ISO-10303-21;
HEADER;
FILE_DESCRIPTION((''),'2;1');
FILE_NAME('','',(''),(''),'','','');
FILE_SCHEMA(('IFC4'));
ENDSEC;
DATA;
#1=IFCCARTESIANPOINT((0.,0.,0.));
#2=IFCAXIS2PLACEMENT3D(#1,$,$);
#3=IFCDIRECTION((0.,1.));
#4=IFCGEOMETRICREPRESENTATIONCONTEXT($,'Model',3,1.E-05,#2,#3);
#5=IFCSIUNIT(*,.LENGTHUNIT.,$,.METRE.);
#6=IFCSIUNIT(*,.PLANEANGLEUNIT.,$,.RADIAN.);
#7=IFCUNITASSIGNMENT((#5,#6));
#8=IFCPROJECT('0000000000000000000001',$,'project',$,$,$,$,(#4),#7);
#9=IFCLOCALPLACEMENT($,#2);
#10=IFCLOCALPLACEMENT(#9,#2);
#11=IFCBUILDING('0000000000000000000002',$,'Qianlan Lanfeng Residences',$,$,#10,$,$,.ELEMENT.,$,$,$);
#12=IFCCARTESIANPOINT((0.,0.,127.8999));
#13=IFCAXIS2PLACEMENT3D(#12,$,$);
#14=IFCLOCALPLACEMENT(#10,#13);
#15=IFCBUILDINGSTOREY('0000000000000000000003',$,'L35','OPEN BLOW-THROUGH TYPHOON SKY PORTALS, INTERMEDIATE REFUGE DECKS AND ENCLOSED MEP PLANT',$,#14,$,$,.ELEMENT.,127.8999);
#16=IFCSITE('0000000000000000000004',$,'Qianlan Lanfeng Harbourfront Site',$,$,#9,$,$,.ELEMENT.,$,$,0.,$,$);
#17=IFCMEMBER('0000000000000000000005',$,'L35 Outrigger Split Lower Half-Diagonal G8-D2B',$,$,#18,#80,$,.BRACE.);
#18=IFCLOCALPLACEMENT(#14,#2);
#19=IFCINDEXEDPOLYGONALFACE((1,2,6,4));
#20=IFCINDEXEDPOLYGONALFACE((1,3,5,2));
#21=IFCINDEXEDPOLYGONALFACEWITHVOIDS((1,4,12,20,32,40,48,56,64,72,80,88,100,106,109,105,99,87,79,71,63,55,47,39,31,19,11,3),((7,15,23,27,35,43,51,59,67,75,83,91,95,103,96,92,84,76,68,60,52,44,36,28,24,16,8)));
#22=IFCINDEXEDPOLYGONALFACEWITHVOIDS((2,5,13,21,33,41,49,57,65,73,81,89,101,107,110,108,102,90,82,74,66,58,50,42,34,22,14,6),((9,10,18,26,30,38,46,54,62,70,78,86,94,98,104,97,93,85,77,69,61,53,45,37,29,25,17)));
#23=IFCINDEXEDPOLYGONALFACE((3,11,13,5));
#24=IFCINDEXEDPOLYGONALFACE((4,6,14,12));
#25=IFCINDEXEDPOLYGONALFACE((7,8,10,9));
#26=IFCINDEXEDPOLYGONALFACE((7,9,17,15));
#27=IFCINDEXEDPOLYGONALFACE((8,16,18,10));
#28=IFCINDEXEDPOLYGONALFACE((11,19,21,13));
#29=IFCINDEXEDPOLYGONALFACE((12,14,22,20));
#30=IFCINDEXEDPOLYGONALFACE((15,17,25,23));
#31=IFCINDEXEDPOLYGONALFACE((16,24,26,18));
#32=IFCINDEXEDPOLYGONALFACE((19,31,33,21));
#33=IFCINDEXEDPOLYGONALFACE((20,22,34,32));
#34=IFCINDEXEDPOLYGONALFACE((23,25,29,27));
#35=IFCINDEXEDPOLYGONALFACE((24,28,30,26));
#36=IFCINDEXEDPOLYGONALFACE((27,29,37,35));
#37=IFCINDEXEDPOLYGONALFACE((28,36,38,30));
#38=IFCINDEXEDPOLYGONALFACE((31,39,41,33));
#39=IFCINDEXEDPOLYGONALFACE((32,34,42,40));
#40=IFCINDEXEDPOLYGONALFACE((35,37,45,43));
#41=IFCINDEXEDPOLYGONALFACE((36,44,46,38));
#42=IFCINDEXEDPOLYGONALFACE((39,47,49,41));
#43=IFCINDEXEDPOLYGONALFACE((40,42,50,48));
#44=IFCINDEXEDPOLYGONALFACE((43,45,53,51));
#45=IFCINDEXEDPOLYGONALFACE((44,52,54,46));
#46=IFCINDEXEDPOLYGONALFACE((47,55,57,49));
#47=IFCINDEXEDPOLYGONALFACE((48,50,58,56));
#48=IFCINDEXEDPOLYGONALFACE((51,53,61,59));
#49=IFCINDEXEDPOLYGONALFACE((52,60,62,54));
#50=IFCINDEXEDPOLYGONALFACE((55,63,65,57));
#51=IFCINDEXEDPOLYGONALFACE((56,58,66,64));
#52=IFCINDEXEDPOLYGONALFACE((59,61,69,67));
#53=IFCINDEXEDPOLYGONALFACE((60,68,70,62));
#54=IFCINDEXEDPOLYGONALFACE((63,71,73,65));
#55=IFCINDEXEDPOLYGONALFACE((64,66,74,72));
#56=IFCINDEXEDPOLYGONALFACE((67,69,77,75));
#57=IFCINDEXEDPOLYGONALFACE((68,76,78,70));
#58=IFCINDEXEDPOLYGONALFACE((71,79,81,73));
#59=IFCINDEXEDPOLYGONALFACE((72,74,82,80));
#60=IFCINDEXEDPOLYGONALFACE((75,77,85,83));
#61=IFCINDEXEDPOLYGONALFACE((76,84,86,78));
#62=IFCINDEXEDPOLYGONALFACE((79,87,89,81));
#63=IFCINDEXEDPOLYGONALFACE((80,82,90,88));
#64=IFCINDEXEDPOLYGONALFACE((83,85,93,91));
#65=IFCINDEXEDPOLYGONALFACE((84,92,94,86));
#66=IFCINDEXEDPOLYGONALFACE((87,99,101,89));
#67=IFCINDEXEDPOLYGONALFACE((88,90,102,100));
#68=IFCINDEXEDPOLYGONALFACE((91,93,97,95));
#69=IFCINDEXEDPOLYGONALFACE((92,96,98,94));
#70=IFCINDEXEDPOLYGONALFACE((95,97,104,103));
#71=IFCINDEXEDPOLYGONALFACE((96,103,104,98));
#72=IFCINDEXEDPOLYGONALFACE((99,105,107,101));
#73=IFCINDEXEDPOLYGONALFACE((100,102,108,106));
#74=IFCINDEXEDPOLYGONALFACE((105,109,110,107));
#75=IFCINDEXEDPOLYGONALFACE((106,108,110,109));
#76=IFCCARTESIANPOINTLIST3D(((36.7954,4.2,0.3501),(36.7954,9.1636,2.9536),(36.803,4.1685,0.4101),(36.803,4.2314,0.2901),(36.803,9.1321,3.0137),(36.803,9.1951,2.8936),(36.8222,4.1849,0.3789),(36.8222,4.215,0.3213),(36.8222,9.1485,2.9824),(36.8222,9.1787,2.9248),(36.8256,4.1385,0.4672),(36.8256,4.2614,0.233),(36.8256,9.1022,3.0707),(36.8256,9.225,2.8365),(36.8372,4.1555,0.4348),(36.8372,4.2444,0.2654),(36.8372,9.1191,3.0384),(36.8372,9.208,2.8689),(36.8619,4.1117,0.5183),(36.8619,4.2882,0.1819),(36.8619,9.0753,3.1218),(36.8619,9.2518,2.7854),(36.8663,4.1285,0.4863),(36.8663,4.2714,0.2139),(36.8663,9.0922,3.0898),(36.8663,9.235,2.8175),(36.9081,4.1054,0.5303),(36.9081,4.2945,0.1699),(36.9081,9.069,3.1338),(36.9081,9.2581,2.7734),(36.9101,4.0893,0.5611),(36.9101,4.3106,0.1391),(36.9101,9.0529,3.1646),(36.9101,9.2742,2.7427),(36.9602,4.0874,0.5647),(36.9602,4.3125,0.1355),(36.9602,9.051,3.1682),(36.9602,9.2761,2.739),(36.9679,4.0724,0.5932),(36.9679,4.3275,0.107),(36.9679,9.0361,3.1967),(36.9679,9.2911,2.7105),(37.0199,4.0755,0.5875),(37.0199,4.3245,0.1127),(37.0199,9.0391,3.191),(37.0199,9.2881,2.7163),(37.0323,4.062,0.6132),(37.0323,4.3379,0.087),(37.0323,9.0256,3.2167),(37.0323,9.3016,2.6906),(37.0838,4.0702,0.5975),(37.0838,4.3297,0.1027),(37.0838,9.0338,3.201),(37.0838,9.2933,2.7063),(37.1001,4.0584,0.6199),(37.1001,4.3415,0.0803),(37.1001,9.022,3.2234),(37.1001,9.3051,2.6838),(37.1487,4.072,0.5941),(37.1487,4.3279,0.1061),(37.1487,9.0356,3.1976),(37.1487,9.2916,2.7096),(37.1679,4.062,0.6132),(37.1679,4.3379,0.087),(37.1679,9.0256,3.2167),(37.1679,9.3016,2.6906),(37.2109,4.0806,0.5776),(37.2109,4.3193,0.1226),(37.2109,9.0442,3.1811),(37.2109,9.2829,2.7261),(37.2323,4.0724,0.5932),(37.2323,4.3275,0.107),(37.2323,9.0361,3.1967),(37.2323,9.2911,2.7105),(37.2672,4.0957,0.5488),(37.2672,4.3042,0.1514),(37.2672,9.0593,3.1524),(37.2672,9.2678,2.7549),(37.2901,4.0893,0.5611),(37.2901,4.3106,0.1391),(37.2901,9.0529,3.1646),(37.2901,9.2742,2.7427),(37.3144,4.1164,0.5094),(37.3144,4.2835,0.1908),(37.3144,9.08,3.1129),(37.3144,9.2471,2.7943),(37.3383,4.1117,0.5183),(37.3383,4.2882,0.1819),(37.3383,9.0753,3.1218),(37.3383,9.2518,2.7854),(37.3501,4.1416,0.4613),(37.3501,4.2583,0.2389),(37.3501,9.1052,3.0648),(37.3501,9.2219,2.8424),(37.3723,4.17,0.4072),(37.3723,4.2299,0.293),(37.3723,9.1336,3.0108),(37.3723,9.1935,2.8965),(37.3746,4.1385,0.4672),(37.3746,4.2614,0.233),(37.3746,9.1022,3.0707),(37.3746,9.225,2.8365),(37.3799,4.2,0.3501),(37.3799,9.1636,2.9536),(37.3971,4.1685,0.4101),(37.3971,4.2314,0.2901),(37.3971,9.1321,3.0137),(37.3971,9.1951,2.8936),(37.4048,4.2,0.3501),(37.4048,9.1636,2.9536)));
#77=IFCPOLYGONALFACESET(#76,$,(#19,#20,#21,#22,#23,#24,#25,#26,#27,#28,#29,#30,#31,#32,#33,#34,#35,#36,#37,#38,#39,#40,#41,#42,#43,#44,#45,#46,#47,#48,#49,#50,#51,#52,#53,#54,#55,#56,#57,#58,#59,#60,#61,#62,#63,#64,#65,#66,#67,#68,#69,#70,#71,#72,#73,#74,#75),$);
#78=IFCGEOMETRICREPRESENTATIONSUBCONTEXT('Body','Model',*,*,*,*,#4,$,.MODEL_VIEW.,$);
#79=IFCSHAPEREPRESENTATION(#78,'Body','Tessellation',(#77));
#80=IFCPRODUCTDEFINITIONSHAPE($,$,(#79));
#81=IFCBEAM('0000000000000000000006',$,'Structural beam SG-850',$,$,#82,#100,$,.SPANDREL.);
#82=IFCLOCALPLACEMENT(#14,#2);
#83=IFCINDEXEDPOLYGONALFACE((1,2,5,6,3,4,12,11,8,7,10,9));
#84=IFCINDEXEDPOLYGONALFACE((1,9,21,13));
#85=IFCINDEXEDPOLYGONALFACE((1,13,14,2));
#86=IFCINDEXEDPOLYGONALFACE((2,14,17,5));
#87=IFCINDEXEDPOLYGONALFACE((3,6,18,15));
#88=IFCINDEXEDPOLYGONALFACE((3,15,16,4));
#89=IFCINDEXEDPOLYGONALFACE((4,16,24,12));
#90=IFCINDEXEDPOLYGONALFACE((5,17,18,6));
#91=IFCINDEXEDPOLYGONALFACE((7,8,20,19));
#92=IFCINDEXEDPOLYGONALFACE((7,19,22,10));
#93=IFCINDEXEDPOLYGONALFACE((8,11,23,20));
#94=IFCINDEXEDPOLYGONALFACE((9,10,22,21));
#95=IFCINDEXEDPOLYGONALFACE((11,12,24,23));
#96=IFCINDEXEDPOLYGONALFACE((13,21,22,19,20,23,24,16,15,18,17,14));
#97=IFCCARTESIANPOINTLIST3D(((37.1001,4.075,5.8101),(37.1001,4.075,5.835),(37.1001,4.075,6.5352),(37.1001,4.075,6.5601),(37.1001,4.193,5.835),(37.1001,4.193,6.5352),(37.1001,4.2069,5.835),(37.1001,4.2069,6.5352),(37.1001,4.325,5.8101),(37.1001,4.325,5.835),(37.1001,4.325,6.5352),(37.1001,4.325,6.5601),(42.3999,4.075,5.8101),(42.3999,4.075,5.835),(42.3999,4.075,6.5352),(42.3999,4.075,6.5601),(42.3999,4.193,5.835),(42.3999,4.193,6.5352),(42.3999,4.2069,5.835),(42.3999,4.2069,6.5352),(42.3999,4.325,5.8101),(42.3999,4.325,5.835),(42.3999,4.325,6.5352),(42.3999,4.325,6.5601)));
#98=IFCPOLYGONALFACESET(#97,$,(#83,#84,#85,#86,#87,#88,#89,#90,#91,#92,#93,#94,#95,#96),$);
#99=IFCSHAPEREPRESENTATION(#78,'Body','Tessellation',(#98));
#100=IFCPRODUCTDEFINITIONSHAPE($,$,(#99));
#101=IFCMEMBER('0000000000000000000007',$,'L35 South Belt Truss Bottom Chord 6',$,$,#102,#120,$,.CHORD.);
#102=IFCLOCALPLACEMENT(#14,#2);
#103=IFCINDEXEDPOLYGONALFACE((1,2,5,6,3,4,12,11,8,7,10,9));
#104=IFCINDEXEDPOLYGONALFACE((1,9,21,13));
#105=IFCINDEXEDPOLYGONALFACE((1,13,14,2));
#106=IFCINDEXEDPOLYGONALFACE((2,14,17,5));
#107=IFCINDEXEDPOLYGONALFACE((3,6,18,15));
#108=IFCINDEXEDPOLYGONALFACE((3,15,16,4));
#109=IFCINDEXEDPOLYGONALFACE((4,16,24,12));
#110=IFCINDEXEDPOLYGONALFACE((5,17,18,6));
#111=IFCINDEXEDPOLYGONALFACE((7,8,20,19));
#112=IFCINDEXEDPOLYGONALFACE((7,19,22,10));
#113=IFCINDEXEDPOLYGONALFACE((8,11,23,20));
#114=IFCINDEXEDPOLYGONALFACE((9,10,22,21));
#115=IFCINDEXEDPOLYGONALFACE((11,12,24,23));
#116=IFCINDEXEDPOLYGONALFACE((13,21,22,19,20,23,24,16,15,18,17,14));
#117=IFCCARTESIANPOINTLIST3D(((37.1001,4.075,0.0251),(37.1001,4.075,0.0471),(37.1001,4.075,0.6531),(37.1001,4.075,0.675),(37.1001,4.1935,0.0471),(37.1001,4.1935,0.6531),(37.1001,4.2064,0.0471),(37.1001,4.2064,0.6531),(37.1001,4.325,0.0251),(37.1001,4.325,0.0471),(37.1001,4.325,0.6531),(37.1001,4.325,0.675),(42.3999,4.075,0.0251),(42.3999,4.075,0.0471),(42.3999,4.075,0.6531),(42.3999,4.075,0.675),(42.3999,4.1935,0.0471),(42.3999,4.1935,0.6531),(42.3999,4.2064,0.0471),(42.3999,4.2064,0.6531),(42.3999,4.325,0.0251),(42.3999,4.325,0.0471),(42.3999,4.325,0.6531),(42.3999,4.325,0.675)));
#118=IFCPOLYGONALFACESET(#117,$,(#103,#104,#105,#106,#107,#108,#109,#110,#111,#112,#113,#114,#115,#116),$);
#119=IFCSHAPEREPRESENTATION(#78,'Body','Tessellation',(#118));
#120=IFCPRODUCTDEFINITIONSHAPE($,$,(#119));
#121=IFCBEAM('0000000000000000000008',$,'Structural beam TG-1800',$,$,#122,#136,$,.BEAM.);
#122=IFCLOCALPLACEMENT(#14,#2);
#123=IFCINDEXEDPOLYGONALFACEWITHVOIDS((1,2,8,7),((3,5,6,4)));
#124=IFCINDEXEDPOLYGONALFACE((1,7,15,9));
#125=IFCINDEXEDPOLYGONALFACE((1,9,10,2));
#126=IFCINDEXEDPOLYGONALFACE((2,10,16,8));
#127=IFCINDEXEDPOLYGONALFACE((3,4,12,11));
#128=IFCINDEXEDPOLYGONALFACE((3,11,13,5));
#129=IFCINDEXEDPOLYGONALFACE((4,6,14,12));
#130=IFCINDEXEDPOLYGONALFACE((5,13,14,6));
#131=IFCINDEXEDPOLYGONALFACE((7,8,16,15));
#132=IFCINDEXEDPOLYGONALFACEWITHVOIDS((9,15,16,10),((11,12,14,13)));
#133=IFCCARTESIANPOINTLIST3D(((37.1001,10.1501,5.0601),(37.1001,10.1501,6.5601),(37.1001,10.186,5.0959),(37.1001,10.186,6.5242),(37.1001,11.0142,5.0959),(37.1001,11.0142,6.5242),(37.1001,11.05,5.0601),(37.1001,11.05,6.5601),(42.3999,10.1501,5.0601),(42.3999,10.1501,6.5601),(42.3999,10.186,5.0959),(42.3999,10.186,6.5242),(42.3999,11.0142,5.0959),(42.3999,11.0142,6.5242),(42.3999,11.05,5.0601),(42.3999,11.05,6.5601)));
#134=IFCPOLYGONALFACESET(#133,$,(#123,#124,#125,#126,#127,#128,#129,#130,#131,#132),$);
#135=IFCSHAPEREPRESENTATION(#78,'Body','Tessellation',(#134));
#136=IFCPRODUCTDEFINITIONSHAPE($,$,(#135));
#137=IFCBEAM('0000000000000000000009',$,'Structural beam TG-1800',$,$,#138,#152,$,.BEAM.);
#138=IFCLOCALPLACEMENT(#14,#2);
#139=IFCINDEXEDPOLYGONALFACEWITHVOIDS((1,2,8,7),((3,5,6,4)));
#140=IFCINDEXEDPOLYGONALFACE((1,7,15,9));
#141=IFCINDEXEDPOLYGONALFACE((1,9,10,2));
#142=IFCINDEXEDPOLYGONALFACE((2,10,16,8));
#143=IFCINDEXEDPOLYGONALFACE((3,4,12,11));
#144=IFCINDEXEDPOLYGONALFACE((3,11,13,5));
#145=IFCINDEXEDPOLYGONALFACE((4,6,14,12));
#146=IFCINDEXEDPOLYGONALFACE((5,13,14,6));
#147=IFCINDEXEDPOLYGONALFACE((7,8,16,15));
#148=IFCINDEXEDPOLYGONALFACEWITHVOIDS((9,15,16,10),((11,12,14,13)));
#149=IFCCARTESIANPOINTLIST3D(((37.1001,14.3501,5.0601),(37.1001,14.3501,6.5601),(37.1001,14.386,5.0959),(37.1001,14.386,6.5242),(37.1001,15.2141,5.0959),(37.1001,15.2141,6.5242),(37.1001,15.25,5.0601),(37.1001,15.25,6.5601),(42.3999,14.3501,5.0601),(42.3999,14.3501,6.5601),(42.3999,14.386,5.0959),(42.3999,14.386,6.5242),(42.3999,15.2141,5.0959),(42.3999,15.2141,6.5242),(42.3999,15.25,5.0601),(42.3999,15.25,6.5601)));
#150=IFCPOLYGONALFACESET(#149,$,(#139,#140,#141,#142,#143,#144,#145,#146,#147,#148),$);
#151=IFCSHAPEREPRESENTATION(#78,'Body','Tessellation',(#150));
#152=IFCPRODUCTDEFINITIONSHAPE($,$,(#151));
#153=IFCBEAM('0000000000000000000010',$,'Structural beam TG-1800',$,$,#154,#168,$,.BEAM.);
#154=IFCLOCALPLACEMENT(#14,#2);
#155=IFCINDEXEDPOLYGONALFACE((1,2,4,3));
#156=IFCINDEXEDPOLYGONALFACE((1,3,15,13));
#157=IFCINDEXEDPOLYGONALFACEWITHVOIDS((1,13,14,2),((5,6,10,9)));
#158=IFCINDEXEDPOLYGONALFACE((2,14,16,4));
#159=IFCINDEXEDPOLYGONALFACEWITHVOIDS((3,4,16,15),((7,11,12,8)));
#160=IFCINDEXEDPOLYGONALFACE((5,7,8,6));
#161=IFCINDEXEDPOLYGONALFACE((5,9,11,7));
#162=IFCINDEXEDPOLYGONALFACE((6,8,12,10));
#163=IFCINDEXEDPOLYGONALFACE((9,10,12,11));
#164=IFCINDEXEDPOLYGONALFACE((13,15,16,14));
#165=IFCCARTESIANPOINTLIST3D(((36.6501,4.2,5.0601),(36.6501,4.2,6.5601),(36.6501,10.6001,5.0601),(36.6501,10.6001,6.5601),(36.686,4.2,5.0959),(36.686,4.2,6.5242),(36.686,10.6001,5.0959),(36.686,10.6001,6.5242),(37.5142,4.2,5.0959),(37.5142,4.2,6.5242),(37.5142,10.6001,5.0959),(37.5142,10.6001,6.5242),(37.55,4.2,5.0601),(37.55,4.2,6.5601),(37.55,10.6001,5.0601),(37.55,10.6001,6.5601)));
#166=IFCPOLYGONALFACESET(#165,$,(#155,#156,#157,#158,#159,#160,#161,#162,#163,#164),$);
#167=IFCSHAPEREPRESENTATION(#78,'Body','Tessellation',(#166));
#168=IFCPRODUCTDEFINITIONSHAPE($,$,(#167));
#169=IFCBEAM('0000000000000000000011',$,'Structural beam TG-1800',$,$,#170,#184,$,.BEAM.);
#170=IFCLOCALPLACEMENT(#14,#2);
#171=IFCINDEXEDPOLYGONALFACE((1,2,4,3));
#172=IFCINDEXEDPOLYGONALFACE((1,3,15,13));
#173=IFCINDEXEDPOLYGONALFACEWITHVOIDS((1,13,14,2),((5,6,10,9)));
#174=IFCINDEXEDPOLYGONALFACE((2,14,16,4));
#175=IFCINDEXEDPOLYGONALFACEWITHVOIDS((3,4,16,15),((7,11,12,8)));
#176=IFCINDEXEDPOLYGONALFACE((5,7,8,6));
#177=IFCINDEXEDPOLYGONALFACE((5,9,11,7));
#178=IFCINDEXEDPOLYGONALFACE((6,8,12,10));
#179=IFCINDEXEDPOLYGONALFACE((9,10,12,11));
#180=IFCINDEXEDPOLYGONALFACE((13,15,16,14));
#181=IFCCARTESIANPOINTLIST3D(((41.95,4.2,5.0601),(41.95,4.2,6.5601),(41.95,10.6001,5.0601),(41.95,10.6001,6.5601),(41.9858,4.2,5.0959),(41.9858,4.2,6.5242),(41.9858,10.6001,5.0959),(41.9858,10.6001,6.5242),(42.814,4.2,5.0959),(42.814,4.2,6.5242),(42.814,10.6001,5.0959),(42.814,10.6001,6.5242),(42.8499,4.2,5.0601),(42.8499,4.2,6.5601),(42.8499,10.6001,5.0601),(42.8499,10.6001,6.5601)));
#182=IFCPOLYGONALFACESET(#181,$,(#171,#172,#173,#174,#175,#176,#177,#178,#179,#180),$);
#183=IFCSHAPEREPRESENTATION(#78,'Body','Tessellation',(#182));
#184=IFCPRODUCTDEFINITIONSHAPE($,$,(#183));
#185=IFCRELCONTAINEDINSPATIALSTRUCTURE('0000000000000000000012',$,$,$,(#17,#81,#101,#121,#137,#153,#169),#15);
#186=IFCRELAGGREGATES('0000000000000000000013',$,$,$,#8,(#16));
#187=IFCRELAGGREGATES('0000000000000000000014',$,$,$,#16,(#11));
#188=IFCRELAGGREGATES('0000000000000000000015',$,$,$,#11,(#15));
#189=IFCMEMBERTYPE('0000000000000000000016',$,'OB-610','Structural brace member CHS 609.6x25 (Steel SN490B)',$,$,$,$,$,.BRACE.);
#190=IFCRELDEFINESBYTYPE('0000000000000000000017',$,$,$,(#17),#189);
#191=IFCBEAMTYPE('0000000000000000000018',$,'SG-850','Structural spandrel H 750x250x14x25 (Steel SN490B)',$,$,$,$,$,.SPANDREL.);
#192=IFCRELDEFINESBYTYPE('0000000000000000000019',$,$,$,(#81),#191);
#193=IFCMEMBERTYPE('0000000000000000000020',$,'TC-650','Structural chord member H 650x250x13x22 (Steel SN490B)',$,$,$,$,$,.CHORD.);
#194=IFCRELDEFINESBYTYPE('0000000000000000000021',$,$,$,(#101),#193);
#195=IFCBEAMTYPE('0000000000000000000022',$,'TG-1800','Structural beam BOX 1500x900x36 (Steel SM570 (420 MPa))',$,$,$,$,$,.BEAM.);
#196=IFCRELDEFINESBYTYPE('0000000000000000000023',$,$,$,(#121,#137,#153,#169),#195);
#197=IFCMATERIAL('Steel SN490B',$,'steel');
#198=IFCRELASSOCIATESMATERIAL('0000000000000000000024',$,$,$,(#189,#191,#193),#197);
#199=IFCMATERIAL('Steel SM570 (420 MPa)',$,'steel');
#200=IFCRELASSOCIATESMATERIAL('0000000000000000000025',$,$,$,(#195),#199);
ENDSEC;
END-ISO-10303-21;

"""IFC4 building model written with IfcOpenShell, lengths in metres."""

from ifc_helpers import new_model, si_unit, direction, frame, origin, origin_2d, place, context, subcontext, project, spatial, hollow_rectangle, hollow_circle, i_section, extrude, material, material_profile, profile_set, type_object, element, save


model = new_model("IFC4")

# Units and contexts
model_context = context("Model", 3, precision=1e-05, world=origin(), true_north=direction((0.0, 1.0)))
body_context = subcontext(model_context, "Body", "Model", "MODEL_VIEW")
ifc_project = project(units=[si_unit("LENGTHUNIT", "METRE"), si_unit("PLANEANGLEUNIT", "RADIAN")], contexts=[model_context])

# Site, building, storey
site_placement = place(None, origin())
site = spatial("IfcSite", under=ifc_project, at=site_placement, Name="Qianlan Lanfeng Harbourfront Site", CompositionType="ELEMENT", RefElevation=0.0)
building_placement = place(site_placement, origin())
building = spatial("IfcBuilding", under=site, at=building_placement, Name="Qianlan Lanfeng Residences", CompositionType="ELEMENT")
storey_placement = place(building_placement, frame((0.0, 0.0, 127.8999)))
storey = spatial("IfcBuildingStorey", under=building, at=storey_placement, Name="L35", Description="OPEN BLOW-THROUGH TYPHOON SKY PORTALS, INTERMEDIATE REFUGE DECKS AND ENCLOSED MEP PLANT", CompositionType="ELEMENT", Elevation=127.8999)

# Shared definitions
ifc_material_1 = material(Name="Steel SN490B", Category="steel")

# Member
ifc_material_profile_1 = material_profile(ifc_material_1, hollow_circle(Radius=0.3047, WallThickness=0.0249, at=origin_2d()), Name="CHS 609.6x25")
ifc_profile_set_1 = profile_set([ifc_material_profile_1], Name="Steel SN490B")
member_type_1 = type_object("IfcMemberType", Name="OB-610", Description="Structural brace member CHS 609.6x25 (Steel SN490B)", PredefinedType="BRACE", material=ifc_profile_set_1)
member_1_placement = place(storey_placement, frame((37.1001, 9.1636, 2.9536), z_axis=(0.0, -0.885573, -0.4645), x_axis=(1.0, 0.0, 0.0)))
element("IfcMember", 1, at=member_1_placement, inside=storey, type_object=member_type_1, Name="L35 Outrigger Split Lower Half-Diagonal G8-D2B", PredefinedType="BRACE", context=body_context, shape_type="SweptSolid", body=[
    extrude(hollow_circle(Radius=0.3047, WallThickness=0.0249, at=origin_2d()), origin(), (0.0, 0.0, 1.0), 5.605),
])

# Beam
ifc_material_profile_2 = material_profile(ifc_material_1, i_section(OverallWidth=0.25, OverallDepth=0.75, WebThickness=0.0139, FlangeThickness=0.0249, at=origin_2d()), Name="H 750x250x14x25")
ifc_profile_set_2 = profile_set([ifc_material_profile_2], Name="Steel SN490B")
beam_type_1 = type_object("IfcBeamType", Name="SG-850", Description="Structural spandrel H 750x250x14x25 (Steel SN490B)", PredefinedType="SPANDREL", material=ifc_profile_set_2)
beam_1_placement = place(storey_placement, frame((37.1001, 4.2, 6.1851), z_axis=(1.0, 0.0, 0.0), x_axis=(0.0, 1.0, 0.0)))
element("IfcBeam", 2, at=beam_1_placement, inside=storey, type_object=beam_type_1, Name="Structural beam SG-850", PredefinedType="SPANDREL", context=body_context, shape_type="SweptSolid", body=[
    extrude(i_section(OverallWidth=0.25, OverallDepth=0.75, WebThickness=0.0139, FlangeThickness=0.0249, at=origin_2d()), origin(), (0.0, 0.0, 1.0), 5.2998),
])

# Member
ifc_material_profile_3 = material_profile(ifc_material_1, i_section(OverallWidth=0.25, OverallDepth=0.6499, WebThickness=0.0129, FlangeThickness=0.022, at=origin_2d()), Name="H 650x250x13x22")
ifc_profile_set_3 = profile_set([ifc_material_profile_3], Name="Steel SN490B")
member_type_2 = type_object("IfcMemberType", Name="TC-650", Description="Structural chord member H 650x250x13x22 (Steel SN490B)", PredefinedType="CHORD", material=ifc_profile_set_3)
member_2_placement = place(storey_placement, frame((37.1001, 4.2, 0.3501), z_axis=(1.0, 0.0, 0.0), x_axis=(0.0, 1.0, 0.0)))
element("IfcMember", 3, at=member_2_placement, inside=storey, type_object=member_type_2, Name="L35 South Belt Truss Bottom Chord 6", PredefinedType="CHORD", context=body_context, shape_type="SweptSolid", body=[
    extrude(i_section(OverallWidth=0.25, OverallDepth=0.6499, WebThickness=0.0129, FlangeThickness=0.022, at=origin_2d()), origin(), (0.0, 0.0, 1.0), 5.2998),
])

# Beams
ifc_material_2 = material(Name="Steel SM570 (420 MPa)", Category="steel")
ifc_material_profile_4 = material_profile(ifc_material_2, hollow_rectangle(XDim=0.8999, YDim=1.5, WallThickness=0.0359, at=origin_2d()), Name="BOX 1500x900x36")
ifc_profile_set_4 = profile_set([ifc_material_profile_4], Name="Steel SM570 (420 MPa)")
beam_type_2 = type_object("IfcBeamType", Name="TG-1800", Description="Structural beam BOX 1500x900x36 (Steel SM570 (420 MPa))", PredefinedType="BEAM", material=ifc_profile_set_4)
for number, where, z_axis, x_axis, name in (
    (4, (37.1001, 10.6001, 5.8101), (1.0, 0.0, 0.0), (0.0, 1.0, 0.0), "Structural beam TG-1800"),
    (5, (37.1001, 14.8, 5.8101), (1.0, 0.0, 0.0), (0.0, 1.0, 0.0), "Structural beam TG-1800"),
):
    element("IfcBeam", number, at=place(storey_placement, frame(where, z_axis=z_axis, x_axis=x_axis)), inside=storey, type_object=beam_type_2, Name=name, PredefinedType="BEAM", context=body_context, shape_type="SweptSolid", body=[
        extrude(hollow_rectangle(XDim=0.8999, YDim=1.5, WallThickness=0.0359, at=origin_2d()), origin(), (0.0, 0.0, 1.0), 5.2998),
    ])
for number, where, z_axis, x_axis, name in (
    (6, (37.1001, 4.2, 5.8101), (0.0, 1.0, 0.0), (-1.0, 0.0, 0.0), "Structural beam TG-1800"),
    (7, (42.3999, 4.2, 5.8101), (0.0, 1.0, 0.0), (-1.0, 0.0, 0.0), "Structural beam TG-1800"),
):
    element("IfcBeam", number, at=place(storey_placement, frame(where, z_axis=z_axis, x_axis=x_axis)), inside=storey, type_object=beam_type_2, Name=name, PredefinedType="BEAM", context=body_context, shape_type="SweptSolid", body=[
        extrude(hollow_rectangle(XDim=0.8999, YDim=1.5, WallThickness=0.0359, at=origin_2d()), origin(), (0.0, 0.0, 1.0), 6.4001),
    ])

save(model, "model.ifc")
